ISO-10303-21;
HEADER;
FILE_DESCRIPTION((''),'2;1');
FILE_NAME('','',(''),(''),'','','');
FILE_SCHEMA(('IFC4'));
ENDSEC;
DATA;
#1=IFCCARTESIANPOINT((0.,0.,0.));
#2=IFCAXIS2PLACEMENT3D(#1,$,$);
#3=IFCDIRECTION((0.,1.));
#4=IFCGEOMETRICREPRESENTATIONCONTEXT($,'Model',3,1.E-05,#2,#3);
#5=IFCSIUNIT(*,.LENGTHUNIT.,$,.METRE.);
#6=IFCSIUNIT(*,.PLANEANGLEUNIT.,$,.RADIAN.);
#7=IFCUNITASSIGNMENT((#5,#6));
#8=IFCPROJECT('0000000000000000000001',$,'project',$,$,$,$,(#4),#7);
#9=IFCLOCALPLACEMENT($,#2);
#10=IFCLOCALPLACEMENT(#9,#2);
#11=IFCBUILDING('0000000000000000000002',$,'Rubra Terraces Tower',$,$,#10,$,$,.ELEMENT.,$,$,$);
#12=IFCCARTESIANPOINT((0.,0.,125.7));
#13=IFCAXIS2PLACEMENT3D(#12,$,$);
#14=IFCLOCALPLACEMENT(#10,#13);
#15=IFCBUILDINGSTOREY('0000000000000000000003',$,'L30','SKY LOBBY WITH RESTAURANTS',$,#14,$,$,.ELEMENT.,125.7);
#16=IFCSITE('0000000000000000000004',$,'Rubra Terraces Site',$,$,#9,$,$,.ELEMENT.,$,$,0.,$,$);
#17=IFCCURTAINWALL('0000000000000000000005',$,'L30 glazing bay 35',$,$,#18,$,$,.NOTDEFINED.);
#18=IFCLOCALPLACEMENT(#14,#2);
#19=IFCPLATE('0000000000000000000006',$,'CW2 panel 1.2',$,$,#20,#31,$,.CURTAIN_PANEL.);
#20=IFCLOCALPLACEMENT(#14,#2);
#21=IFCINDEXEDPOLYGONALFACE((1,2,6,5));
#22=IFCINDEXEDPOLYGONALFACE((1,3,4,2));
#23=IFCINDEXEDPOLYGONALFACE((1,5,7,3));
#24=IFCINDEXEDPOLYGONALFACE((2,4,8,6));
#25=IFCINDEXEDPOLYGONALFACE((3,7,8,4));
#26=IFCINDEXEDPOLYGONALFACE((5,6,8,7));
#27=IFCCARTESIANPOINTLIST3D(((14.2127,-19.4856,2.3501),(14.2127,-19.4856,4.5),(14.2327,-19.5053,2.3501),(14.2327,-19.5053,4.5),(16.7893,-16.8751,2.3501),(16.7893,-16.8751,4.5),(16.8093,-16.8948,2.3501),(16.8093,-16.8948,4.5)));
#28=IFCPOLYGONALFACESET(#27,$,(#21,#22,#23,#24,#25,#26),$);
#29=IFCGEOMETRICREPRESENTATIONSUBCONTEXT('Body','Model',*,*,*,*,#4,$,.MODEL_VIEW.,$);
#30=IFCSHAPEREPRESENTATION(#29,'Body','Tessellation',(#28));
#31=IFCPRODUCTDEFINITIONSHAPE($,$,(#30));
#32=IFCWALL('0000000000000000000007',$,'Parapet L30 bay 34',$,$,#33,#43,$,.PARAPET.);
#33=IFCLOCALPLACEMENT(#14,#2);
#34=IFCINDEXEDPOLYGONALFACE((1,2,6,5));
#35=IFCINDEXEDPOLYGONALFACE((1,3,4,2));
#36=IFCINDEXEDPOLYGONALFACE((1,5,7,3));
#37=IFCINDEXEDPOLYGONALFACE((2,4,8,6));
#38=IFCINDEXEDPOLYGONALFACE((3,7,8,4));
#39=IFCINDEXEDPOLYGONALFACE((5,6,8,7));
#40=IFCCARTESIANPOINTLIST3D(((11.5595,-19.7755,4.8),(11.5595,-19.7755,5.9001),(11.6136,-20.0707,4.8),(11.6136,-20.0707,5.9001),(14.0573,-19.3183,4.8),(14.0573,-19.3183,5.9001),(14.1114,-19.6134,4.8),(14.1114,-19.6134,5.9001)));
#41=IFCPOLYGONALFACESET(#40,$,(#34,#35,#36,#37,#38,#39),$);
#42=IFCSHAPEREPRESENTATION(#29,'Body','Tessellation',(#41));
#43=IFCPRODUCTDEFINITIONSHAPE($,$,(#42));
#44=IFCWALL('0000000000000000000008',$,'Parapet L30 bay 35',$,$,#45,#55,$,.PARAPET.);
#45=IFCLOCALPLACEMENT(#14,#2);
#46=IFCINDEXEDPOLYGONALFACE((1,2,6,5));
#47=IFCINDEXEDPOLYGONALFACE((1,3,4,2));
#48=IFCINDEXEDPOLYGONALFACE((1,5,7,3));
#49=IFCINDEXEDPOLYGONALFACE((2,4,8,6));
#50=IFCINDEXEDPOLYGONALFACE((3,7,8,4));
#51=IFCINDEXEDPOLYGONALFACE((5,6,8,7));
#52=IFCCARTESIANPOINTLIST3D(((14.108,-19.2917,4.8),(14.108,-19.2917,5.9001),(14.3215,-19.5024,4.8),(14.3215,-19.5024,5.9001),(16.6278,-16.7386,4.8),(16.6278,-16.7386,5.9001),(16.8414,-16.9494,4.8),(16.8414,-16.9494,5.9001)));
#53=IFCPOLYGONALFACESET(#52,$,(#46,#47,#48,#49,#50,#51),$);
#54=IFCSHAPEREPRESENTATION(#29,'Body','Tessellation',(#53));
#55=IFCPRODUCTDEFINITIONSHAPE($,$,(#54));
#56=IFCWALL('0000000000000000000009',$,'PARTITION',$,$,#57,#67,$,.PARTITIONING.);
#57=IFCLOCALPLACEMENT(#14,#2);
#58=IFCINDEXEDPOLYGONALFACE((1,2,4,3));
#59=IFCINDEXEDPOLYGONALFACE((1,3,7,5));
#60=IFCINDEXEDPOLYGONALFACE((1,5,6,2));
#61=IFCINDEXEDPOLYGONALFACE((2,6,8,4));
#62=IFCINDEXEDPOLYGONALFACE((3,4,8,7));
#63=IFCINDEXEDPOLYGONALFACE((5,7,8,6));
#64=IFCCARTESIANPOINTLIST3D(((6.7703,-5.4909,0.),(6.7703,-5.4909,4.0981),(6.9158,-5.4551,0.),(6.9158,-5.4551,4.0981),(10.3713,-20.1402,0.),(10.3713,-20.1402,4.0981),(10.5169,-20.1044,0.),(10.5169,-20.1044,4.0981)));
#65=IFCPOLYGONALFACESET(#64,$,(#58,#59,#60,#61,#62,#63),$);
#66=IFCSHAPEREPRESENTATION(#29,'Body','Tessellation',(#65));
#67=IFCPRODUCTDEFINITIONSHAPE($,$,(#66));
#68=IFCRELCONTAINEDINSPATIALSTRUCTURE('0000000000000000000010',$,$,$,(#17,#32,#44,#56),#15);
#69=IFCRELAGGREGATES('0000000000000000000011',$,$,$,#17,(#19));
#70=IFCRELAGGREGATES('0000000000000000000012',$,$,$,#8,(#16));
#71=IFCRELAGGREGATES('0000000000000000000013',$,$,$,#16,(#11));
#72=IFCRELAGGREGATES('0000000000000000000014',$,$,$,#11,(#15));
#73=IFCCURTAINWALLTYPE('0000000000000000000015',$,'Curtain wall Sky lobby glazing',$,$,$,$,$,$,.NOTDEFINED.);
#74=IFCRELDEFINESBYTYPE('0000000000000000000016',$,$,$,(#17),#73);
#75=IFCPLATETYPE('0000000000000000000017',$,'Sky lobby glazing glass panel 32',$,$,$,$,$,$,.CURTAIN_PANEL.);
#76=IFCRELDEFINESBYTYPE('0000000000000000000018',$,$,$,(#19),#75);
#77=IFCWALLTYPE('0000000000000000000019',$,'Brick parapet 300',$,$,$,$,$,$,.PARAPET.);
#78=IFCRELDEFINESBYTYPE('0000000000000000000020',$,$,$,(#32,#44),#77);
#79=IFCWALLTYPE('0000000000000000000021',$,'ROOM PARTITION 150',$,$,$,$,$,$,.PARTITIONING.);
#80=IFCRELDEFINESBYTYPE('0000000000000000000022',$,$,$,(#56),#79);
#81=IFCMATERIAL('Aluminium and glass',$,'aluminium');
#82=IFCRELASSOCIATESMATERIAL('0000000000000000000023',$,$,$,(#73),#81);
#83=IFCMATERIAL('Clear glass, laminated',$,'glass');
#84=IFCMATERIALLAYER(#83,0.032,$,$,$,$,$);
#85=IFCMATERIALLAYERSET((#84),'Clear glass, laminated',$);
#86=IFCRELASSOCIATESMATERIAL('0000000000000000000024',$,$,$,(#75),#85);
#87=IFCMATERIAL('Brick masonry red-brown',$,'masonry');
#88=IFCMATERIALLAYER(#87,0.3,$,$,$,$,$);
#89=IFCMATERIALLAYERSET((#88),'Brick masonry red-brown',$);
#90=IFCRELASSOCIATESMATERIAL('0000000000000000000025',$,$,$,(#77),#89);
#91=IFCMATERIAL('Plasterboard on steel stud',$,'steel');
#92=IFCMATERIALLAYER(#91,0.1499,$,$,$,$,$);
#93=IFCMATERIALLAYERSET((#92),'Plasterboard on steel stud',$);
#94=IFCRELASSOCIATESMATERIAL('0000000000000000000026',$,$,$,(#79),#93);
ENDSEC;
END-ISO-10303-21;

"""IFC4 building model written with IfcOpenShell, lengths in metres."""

from ifc_helpers import new_model, si_unit, direction, frame, frame_2d, origin, origin_2d, place, context, subcontext, project, spatial, rectangle, extrude, material, layer, layer_set, type_object, element, aggregate, save


model = new_model("IFC4")

# Units and contexts
model_context = context("Model", 3, precision=1e-05, world=origin(), true_north=direction((0.0, 1.0)))
body_context = subcontext(model_context, "Body", "Model", "MODEL_VIEW")
ifc_project = project(units=[si_unit("LENGTHUNIT", "METRE"), si_unit("PLANEANGLEUNIT", "RADIAN")], contexts=[model_context])

# Site, building, storey
site_placement = place(None, origin())
site = spatial("IfcSite", under=ifc_project, at=site_placement, Name="Rubra Terraces Site", CompositionType="ELEMENT", RefElevation=0.0)
building_placement = place(site_placement, origin())
building = spatial("IfcBuilding", under=site, at=building_placement, Name="Rubra Terraces Tower", CompositionType="ELEMENT")
storey_placement = place(building_placement, frame((0.0, 0.0, 125.7)))
storey = spatial("IfcBuildingStorey", under=building, at=storey_placement, Name="L30", Description="SKY LOBBY WITH RESTAURANTS", CompositionType="ELEMENT", Elevation=125.7)

# Curtain wall
ifc_material_1 = material(Name="Aluminium and glass", Category="aluminium")
curtain_wall_type = type_object("IfcCurtainWallType", Name="Curtain wall Sky lobby glazing", PredefinedType="NOTDEFINED", material=ifc_material_1)
curtain_wall_1_placement = place(storey_placement, origin())
curtain_wall_1 = element("IfcCurtainWall", 1, at=curtain_wall_1_placement, inside=storey, type_object=curtain_wall_type, Name="L30 glazing bay 35", PredefinedType="NOTDEFINED")

# Plate
ifc_material_2 = material(Name="Clear glass, laminated", Category="glass")
ifc_layer_1 = layer(ifc_material_2, 0.032)
ifc_layer_set_1 = layer_set([ifc_layer_1], Name="Clear glass, laminated")
plate_type = type_object("IfcPlateType", Name="Sky lobby glazing glass panel 32", PredefinedType="CURTAIN_PANEL", material=ifc_layer_set_1)
plate_1_placement = place(storey_placement, frame((15.511, -18.1902, 2.3501), z_axis=(0.0, 0.0, 1.0), x_axis=(0.702472, 0.711711, 0.0)))
plate_1 = element("IfcPlate", 2, at=plate_1_placement, type_object=plate_type, Name="CW2 panel 1.2", PredefinedType="CURTAIN_PANEL", context=body_context, shape_type="SweptSolid", body=[
    extrude(rectangle(XDim=3.668, YDim=0.0281, at=origin_2d()), origin(), (0.0, 0.0, 1.0), 2.1499),
])
aggregate(curtain_wall_1, [plate_1])

# Walls
ifc_material_3 = material(Name="Brick masonry red-brown", Category="masonry")
ifc_layer_2 = layer(ifc_material_3, 0.3)
ifc_layer_set_2 = layer_set([ifc_layer_2], Name="Brick masonry red-brown")
wall_type_1 = type_object("IfcWallType", Name="Brick parapet 300", PredefinedType="PARAPET", material=ifc_layer_set_2)
wall_1_placement = place(storey_placement, frame((11.5867, -19.9231, 4.8), z_axis=(0.0, 0.0, 1.0), x_axis=(0.983652, 0.180078, 0.0)))
element("IfcWall", 3, at=wall_1_placement, inside=storey, type_object=wall_type_1, Name="Parapet L30 bay 34", PredefinedType="PARAPET", context=body_context, shape_type="SweptSolid", body=[
    extrude(rectangle(XDim=2.5393, YDim=0.3, at=frame_2d((1.2695, 0.0))), origin(), (0.0, 0.0, 1.0), 1.1001),
])
wall_2_placement = place(storey_placement, frame((14.2148, -19.397, 4.8), z_axis=(0.0, 0.0, 1.0), x_axis=(0.702463, 0.71172, 0.0)))
element("IfcWall", 4, at=wall_2_placement, inside=storey, type_object=wall_type_1, Name="Parapet L30 bay 35", PredefinedType="PARAPET", context=body_context, shape_type="SweptSolid", body=[
    extrude(rectangle(XDim=3.5872, YDim=0.3, at=frame_2d((1.7935, 0.0))), origin(), (0.0, 0.0, 1.0), 1.1001),
])
ifc_material_4 = material(Name="Plasterboard on steel stud", Category="steel")
ifc_layer_3 = layer(ifc_material_4, 0.1499)
ifc_layer_set_3 = layer_set([ifc_layer_3], Name="Plasterboard on steel stud")
wall_type_2 = type_object("IfcWallType", Name="ROOM PARTITION 150", PredefinedType="PARTITIONING", material=ifc_layer_set_3)
wall_3_placement = place(storey_placement, frame((10.4441, -20.1223, 0.0), z_axis=(0.0, 0.0, 1.0), x_axis=(-0.238711, 0.971091, 0.0)))
element("IfcWall", 5, at=wall_3_placement, inside=storey, type_object=wall_type_2, Name="PARTITION", PredefinedType="PARTITIONING", context=body_context, shape_type="SweptSolid", body=[
    extrude(rectangle(XDim=15.0854, YDim=0.1499, at=frame_2d((7.5427, 0.0))), origin(), (0.0, 0.0, 1.0), 4.0981),
])

save(model, "model.ifc")
